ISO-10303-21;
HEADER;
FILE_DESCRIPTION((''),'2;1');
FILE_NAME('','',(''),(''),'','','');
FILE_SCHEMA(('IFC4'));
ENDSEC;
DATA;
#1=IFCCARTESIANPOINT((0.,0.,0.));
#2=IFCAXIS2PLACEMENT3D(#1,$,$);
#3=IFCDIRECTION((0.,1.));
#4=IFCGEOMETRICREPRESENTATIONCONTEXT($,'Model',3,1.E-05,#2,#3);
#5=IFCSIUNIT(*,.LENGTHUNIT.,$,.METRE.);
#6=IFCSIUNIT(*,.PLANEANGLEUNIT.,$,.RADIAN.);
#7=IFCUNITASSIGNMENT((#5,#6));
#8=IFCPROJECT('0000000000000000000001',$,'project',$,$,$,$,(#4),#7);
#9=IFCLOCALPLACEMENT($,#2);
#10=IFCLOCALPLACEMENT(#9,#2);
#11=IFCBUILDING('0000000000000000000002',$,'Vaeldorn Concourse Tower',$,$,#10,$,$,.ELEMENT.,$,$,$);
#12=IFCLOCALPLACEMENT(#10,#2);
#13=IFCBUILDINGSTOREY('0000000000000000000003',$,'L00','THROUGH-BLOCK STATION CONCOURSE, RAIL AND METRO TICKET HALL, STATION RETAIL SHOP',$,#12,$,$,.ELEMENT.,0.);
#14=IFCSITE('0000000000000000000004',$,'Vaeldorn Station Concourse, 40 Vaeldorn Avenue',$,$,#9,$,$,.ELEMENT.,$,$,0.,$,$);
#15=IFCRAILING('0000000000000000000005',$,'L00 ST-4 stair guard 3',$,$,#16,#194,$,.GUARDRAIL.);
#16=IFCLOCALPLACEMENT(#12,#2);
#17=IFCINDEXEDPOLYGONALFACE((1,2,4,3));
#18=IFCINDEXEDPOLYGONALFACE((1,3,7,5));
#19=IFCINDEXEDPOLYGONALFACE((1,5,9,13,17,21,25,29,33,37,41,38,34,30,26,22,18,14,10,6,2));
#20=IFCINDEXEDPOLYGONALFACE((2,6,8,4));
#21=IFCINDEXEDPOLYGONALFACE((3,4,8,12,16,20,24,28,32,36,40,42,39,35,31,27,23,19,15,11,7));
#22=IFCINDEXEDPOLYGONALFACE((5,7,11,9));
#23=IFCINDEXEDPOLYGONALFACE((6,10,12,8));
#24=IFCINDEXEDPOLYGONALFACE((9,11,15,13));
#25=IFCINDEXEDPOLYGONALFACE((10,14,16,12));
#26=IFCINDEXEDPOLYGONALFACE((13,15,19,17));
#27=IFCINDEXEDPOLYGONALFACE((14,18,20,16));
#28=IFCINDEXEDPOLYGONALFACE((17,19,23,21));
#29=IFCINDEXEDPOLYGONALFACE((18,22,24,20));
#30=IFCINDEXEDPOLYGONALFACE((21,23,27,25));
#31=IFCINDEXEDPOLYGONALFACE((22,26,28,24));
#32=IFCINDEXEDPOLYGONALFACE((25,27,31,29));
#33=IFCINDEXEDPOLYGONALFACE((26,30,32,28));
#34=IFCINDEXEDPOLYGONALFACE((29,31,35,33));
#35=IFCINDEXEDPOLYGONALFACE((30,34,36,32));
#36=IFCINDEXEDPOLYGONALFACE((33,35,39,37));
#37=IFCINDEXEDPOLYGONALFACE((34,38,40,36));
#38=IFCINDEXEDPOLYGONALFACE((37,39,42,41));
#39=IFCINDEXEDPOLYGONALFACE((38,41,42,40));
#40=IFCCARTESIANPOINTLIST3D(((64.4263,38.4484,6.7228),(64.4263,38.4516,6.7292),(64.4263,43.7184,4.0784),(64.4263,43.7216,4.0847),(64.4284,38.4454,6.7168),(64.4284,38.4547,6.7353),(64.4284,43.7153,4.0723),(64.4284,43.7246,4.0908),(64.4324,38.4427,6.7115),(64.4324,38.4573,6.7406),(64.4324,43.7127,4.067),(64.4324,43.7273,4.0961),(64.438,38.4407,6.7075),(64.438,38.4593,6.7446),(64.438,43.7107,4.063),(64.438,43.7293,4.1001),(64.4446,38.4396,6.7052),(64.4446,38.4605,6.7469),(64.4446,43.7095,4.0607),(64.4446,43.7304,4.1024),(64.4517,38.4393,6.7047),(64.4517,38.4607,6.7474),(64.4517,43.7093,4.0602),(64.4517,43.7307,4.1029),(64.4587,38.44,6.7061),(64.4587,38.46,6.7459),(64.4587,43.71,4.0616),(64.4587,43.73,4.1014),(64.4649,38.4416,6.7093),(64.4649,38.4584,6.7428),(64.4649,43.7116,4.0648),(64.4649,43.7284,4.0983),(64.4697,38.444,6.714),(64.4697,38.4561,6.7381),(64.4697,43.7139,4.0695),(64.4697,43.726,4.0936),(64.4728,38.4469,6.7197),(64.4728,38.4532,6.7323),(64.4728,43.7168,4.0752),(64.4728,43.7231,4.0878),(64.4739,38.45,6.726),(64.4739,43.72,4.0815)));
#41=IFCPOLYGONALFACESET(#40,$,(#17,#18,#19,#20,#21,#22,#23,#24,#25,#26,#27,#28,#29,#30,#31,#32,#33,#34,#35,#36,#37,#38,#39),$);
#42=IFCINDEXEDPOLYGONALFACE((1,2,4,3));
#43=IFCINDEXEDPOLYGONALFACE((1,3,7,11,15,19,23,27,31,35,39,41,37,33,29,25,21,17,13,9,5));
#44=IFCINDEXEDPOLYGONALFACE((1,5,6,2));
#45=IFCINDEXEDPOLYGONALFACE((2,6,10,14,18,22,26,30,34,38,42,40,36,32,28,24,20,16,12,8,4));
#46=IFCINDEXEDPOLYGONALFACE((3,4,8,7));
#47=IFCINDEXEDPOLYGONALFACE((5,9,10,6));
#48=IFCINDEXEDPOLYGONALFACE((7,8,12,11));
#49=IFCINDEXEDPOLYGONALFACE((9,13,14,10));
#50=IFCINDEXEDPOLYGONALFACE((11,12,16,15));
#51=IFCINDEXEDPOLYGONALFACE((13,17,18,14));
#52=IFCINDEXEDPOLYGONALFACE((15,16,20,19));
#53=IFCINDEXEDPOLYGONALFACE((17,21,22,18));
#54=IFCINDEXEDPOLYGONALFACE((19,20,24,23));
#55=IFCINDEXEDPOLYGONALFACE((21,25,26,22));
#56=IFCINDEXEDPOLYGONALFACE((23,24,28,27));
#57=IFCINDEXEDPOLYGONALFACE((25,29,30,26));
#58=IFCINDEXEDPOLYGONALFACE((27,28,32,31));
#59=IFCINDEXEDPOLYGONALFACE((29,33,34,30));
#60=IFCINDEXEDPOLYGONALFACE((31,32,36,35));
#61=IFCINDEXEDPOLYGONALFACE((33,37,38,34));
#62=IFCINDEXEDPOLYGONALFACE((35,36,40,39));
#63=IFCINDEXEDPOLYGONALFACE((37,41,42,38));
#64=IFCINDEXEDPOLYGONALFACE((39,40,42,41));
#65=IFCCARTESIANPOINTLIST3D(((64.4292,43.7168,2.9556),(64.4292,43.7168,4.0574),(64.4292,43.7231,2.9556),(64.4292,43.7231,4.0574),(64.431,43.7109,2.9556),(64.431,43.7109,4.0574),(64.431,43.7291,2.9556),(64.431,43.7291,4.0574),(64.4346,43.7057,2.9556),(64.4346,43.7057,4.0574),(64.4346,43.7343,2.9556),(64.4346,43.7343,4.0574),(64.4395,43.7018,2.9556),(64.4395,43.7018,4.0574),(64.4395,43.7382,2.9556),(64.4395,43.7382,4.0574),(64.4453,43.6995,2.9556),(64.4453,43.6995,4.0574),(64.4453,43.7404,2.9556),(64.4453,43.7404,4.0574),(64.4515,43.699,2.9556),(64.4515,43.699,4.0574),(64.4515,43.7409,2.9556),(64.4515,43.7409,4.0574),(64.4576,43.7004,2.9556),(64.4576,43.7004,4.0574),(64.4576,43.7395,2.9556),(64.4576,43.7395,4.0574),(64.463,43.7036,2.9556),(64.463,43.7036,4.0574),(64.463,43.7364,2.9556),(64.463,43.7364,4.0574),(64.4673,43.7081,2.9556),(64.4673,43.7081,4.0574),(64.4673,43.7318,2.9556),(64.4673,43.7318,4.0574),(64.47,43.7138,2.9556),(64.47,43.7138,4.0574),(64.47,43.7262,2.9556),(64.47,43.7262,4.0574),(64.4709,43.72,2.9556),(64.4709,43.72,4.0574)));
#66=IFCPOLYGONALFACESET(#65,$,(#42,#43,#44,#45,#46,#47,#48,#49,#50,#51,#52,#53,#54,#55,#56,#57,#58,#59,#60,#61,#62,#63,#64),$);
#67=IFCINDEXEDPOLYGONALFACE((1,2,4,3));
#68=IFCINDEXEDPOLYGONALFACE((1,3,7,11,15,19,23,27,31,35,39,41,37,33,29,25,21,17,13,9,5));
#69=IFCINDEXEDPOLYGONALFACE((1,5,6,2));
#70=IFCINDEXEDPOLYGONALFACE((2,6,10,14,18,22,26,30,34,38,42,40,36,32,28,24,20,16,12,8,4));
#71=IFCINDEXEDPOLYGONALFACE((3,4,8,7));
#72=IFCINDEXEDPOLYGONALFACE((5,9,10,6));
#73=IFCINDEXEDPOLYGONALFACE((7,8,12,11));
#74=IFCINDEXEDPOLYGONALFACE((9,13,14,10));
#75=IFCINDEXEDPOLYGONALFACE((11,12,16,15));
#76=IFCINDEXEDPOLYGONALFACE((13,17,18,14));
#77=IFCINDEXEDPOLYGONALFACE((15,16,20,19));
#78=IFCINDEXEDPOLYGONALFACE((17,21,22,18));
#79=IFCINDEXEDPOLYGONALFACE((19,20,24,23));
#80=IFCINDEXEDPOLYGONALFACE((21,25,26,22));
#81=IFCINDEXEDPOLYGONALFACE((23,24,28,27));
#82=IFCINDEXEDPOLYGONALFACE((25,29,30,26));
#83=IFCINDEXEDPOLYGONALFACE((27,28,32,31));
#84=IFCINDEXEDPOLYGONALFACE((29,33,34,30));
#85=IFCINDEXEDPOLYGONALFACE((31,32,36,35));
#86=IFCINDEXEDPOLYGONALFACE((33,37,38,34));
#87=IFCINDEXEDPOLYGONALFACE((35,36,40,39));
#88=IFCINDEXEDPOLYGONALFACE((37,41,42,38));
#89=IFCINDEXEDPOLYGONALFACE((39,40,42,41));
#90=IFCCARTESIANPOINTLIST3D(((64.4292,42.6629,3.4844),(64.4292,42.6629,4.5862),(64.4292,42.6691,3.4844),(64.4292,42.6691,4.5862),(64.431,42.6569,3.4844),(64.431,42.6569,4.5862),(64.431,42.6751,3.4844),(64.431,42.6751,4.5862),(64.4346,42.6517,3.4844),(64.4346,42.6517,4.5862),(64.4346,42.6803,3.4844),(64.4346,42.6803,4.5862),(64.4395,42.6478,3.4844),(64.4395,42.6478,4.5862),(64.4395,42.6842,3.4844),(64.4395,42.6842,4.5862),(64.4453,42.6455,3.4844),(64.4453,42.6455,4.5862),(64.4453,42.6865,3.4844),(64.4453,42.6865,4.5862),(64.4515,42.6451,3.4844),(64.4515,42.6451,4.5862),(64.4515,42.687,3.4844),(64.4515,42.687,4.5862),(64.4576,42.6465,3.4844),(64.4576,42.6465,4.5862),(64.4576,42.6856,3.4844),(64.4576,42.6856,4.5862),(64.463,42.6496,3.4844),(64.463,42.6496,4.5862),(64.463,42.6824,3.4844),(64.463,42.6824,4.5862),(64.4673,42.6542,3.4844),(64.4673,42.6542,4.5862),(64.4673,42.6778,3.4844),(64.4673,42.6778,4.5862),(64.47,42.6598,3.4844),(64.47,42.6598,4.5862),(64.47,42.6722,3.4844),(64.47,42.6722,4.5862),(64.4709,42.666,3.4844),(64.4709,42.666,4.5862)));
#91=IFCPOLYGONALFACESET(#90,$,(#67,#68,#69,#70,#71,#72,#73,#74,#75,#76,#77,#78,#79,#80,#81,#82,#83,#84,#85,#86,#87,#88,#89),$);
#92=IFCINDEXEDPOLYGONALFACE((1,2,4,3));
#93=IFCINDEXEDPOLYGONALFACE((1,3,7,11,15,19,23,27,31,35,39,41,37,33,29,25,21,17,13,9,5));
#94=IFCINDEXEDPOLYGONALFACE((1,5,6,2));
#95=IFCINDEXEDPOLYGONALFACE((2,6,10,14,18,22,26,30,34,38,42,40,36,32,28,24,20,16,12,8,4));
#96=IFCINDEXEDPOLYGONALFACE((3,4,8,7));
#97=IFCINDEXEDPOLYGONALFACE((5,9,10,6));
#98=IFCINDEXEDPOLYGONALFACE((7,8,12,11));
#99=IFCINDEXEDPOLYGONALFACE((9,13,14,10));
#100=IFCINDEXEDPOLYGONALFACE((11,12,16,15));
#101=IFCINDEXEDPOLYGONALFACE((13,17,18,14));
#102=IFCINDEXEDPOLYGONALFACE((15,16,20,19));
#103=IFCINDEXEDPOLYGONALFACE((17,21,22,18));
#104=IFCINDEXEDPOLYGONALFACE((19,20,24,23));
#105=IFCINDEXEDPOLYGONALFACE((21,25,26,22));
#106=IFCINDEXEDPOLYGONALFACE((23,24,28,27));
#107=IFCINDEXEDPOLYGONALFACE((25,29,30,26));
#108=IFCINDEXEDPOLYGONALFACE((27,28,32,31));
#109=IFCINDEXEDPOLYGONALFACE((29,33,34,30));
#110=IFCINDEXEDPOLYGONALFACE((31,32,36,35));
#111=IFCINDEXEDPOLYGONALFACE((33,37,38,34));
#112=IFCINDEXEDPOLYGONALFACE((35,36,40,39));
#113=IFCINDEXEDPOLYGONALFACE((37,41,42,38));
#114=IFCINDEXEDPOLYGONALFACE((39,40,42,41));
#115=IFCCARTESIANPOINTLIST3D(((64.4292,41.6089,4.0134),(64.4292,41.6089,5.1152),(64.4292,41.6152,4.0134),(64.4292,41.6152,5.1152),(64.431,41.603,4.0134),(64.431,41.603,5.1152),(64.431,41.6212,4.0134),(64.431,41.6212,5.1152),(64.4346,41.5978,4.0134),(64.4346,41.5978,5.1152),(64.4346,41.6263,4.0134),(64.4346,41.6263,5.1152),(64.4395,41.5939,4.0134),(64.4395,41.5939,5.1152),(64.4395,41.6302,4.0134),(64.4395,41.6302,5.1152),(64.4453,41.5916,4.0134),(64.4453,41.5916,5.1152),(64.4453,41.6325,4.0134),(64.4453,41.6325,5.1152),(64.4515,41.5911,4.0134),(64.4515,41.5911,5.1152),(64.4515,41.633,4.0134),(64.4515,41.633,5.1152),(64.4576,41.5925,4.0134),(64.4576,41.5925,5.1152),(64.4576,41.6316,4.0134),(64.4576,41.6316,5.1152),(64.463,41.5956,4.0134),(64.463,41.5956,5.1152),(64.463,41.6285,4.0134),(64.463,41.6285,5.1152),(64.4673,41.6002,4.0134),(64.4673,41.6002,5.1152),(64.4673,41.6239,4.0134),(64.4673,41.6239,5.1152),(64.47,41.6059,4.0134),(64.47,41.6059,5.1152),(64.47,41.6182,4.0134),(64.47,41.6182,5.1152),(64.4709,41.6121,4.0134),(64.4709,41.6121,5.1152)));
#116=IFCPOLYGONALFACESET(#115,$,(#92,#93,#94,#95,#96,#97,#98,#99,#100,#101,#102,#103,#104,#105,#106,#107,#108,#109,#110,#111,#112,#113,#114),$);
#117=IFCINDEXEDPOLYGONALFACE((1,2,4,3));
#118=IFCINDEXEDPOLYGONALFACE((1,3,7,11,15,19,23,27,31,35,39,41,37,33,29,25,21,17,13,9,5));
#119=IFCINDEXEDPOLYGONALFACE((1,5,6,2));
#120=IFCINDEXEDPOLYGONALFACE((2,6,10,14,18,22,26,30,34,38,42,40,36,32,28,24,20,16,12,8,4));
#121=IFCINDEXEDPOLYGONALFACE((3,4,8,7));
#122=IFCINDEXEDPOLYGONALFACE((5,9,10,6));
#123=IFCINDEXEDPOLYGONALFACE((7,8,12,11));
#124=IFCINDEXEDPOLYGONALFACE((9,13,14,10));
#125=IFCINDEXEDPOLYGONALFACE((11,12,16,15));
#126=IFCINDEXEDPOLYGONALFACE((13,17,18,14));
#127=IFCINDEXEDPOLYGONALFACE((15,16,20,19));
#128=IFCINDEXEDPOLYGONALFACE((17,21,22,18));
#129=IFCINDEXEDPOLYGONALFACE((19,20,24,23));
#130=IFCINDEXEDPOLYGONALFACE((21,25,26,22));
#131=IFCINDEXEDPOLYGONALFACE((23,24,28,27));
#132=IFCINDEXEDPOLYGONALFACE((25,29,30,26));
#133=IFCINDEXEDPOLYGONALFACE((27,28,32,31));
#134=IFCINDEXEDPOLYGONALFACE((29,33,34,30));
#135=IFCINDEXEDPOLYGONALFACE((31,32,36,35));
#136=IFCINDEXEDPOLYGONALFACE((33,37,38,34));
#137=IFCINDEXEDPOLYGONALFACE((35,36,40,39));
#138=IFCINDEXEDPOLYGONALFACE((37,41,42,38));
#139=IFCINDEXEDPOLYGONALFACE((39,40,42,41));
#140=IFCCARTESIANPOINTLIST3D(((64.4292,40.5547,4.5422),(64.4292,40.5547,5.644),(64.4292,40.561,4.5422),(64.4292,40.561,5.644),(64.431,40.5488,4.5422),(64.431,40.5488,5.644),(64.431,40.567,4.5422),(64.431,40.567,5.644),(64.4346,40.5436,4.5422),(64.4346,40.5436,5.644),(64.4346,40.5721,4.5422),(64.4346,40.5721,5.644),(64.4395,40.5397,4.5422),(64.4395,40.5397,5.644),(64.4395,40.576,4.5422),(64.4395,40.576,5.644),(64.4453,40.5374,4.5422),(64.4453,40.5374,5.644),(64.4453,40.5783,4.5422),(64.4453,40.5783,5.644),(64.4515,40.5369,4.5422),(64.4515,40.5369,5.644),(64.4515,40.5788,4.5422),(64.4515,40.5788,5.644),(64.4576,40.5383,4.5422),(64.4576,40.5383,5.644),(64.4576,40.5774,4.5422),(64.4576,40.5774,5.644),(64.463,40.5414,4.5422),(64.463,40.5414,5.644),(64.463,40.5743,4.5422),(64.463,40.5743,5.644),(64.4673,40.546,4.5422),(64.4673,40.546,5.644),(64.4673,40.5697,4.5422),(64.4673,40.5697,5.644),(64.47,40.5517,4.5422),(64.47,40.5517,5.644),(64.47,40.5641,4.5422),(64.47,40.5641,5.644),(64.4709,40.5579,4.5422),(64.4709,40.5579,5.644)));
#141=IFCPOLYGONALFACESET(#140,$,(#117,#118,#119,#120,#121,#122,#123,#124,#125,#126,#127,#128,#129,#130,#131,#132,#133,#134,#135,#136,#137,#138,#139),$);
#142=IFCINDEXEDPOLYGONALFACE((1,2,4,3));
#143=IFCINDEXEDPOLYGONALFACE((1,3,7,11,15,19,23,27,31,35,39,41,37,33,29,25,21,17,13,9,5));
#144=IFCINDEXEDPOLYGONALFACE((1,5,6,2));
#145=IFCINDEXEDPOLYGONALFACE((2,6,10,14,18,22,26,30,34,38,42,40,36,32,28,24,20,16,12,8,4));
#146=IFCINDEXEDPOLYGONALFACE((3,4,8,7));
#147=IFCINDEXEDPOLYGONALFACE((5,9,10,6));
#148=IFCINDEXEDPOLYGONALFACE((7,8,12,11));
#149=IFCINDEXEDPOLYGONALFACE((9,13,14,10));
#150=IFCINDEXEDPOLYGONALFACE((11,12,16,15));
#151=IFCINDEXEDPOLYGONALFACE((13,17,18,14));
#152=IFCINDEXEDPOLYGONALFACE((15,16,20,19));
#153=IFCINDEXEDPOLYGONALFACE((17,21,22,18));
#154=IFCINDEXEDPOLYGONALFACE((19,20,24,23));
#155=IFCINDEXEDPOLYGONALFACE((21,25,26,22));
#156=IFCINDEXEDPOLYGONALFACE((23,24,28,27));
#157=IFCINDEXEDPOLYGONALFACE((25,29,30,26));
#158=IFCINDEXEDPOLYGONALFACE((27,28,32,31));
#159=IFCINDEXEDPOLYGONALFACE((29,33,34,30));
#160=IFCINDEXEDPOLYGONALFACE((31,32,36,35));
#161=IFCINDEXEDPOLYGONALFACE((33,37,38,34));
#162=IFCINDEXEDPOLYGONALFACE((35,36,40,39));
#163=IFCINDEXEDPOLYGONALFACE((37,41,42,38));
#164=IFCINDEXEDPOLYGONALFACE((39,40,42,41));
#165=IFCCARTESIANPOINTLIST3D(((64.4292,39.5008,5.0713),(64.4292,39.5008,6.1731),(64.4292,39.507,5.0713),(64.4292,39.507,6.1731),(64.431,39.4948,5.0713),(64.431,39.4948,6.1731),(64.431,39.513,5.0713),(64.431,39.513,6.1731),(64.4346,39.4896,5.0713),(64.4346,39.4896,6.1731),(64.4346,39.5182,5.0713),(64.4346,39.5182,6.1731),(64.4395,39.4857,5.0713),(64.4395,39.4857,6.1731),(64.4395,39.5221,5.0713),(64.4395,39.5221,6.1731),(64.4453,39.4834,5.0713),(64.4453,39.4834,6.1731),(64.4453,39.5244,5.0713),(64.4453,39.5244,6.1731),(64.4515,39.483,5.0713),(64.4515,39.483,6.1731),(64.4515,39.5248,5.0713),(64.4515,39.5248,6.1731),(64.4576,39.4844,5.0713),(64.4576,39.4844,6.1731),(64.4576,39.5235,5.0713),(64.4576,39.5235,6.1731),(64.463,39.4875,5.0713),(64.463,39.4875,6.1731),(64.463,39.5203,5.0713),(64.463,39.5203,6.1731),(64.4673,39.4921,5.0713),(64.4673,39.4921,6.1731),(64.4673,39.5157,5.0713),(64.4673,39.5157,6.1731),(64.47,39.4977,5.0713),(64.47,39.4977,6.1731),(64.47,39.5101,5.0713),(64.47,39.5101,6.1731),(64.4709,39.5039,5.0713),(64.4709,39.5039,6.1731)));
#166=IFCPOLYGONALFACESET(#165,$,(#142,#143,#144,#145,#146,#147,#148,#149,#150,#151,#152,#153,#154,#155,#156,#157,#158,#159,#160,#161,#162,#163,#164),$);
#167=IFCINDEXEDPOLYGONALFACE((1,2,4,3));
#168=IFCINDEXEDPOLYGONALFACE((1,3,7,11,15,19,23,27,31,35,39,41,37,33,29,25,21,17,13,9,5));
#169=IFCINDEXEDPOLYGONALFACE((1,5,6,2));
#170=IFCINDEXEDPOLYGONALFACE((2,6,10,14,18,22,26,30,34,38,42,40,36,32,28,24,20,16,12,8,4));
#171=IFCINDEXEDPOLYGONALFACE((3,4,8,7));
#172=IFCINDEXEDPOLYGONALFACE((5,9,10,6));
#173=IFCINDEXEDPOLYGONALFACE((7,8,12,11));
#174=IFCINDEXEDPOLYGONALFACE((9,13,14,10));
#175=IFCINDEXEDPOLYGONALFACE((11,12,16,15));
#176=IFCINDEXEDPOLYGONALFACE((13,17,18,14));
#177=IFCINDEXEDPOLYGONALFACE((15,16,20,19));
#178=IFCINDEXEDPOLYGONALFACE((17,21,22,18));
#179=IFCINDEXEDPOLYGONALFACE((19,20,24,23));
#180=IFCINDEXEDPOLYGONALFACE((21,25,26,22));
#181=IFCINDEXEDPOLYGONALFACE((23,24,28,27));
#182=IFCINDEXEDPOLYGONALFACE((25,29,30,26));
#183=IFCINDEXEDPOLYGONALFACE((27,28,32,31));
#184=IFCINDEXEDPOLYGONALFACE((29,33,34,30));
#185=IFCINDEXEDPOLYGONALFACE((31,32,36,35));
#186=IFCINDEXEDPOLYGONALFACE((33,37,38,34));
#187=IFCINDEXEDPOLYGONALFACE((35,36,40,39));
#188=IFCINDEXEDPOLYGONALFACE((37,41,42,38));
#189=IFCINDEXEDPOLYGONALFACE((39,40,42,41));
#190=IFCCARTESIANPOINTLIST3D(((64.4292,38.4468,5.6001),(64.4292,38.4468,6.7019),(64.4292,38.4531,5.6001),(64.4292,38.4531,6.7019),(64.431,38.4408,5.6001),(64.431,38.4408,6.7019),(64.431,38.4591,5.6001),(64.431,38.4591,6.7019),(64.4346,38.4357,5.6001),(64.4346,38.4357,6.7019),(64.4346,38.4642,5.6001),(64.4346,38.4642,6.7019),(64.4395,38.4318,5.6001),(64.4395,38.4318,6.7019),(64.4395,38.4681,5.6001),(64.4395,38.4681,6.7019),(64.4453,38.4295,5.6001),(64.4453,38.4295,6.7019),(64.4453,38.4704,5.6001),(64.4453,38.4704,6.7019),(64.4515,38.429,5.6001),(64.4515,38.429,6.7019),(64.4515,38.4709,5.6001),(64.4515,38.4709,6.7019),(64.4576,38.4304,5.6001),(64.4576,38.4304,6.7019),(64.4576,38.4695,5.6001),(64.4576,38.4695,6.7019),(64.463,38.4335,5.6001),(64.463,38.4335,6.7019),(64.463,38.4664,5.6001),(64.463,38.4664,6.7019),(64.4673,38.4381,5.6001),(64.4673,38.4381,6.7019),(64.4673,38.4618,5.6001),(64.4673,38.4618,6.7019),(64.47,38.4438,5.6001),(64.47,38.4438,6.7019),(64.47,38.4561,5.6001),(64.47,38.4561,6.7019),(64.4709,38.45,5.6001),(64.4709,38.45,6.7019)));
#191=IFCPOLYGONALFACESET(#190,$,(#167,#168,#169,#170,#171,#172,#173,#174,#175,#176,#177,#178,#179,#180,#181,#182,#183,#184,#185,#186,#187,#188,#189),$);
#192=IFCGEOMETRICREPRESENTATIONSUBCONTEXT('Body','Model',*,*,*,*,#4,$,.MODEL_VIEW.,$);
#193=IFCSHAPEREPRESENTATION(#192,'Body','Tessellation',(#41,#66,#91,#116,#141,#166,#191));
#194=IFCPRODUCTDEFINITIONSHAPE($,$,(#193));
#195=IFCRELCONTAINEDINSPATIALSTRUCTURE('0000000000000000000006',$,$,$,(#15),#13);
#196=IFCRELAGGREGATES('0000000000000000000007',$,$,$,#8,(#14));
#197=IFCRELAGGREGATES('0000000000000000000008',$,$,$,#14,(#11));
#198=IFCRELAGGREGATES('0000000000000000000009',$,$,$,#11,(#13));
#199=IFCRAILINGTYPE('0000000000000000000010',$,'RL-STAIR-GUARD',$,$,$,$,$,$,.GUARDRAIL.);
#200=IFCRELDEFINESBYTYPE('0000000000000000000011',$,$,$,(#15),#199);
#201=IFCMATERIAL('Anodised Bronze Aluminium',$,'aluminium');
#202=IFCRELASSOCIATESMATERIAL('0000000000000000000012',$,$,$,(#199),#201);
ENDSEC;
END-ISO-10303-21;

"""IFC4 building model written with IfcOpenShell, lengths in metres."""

from ifc_helpers import new_model, si_unit, direction, frame, origin, origin_2d, place, context, subcontext, project, spatial, circle, extrude, material, type_object, element, save


model = new_model("IFC4")

# Units and contexts
model_context = context("Model", 3, precision=1e-05, world=origin(), true_north=direction((0.0, 1.0)))
body_context = subcontext(model_context, "Body", "Model", "MODEL_VIEW")
ifc_project = project(units=[si_unit("LENGTHUNIT", "METRE"), si_unit("PLANEANGLEUNIT", "RADIAN")], contexts=[model_context])

# Site, building, storey
site_placement = place(None, origin())
site = spatial("IfcSite", under=ifc_project, at=site_placement, Name="Vaeldorn Station Concourse, 40 Vaeldorn Avenue", CompositionType="ELEMENT", RefElevation=0.0)
building_placement = place(site_placement, origin())
building = spatial("IfcBuilding", under=site, at=building_placement, Name="Vaeldorn Concourse Tower", CompositionType="ELEMENT")
storey_placement = place(building_placement, origin())
storey = spatial("IfcBuildingStorey", under=building, at=storey_placement, Name="L00", Description="THROUGH-BLOCK STATION CONCOURSE, RAIL AND METRO TICKET HALL, STATION RETAIL SHOP", CompositionType="ELEMENT", Elevation=0.0)

# Shared definitions
ifc_material_1 = material(Name="Anodised Bronze Aluminium", Category="aluminium")

# Railing
railing_type_1 = type_object("IfcRailingType", Name="RL-STAIR-GUARD", PredefinedType="GUARDRAIL", material=ifc_material_1)
railing_1_placement = place(storey_placement, frame((64.45, 43.72, 2.9556)))
element("IfcRailing", 1, at=railing_1_placement, inside=storey, type_object=railing_type_1, Name="L00 ST-4 stair guard 3", PredefinedType="GUARDRAIL", context=body_context, shape_type="SweptSolid", body=[
    extrude(circle(Radius=0.0239, at=origin_2d()), frame((0.0, 0.0, 1.126), z_axis=(0.0, -0.89378, 0.448505), x_axis=(1.0, 0.0, 0.0)), (0.0, 0.0, 1.0), 5.8962),
    extrude(circle(Radius=0.021, at=origin_2d()), origin(), (0.0, 0.0, 1.0), 1.1018),
    extrude(circle(Radius=0.021, at=origin_2d()), frame((0.0, -1.054, 0.5288)), (0.0, 0.0, 1.0), 1.1018),
    extrude(circle(Radius=0.021, at=origin_2d()), frame((0.0, -2.1079, 1.0579)), (0.0, 0.0, 1.0), 1.1018),
    extrude(circle(Radius=0.021, at=origin_2d()), frame((0.0, -3.1621, 1.5867)), (0.0, 0.0, 1.0), 1.1018),
    extrude(circle(Radius=0.021, at=origin_2d()), frame((0.0, -4.2161, 2.1157)), (0.0, 0.0, 1.0), 1.1018),
    extrude(circle(Radius=0.021, at=origin_2d()), frame((0.0, -5.27, 2.6445)), (0.0, 0.0, 1.0), 1.1018),
])

save(model, "model.ifc")
